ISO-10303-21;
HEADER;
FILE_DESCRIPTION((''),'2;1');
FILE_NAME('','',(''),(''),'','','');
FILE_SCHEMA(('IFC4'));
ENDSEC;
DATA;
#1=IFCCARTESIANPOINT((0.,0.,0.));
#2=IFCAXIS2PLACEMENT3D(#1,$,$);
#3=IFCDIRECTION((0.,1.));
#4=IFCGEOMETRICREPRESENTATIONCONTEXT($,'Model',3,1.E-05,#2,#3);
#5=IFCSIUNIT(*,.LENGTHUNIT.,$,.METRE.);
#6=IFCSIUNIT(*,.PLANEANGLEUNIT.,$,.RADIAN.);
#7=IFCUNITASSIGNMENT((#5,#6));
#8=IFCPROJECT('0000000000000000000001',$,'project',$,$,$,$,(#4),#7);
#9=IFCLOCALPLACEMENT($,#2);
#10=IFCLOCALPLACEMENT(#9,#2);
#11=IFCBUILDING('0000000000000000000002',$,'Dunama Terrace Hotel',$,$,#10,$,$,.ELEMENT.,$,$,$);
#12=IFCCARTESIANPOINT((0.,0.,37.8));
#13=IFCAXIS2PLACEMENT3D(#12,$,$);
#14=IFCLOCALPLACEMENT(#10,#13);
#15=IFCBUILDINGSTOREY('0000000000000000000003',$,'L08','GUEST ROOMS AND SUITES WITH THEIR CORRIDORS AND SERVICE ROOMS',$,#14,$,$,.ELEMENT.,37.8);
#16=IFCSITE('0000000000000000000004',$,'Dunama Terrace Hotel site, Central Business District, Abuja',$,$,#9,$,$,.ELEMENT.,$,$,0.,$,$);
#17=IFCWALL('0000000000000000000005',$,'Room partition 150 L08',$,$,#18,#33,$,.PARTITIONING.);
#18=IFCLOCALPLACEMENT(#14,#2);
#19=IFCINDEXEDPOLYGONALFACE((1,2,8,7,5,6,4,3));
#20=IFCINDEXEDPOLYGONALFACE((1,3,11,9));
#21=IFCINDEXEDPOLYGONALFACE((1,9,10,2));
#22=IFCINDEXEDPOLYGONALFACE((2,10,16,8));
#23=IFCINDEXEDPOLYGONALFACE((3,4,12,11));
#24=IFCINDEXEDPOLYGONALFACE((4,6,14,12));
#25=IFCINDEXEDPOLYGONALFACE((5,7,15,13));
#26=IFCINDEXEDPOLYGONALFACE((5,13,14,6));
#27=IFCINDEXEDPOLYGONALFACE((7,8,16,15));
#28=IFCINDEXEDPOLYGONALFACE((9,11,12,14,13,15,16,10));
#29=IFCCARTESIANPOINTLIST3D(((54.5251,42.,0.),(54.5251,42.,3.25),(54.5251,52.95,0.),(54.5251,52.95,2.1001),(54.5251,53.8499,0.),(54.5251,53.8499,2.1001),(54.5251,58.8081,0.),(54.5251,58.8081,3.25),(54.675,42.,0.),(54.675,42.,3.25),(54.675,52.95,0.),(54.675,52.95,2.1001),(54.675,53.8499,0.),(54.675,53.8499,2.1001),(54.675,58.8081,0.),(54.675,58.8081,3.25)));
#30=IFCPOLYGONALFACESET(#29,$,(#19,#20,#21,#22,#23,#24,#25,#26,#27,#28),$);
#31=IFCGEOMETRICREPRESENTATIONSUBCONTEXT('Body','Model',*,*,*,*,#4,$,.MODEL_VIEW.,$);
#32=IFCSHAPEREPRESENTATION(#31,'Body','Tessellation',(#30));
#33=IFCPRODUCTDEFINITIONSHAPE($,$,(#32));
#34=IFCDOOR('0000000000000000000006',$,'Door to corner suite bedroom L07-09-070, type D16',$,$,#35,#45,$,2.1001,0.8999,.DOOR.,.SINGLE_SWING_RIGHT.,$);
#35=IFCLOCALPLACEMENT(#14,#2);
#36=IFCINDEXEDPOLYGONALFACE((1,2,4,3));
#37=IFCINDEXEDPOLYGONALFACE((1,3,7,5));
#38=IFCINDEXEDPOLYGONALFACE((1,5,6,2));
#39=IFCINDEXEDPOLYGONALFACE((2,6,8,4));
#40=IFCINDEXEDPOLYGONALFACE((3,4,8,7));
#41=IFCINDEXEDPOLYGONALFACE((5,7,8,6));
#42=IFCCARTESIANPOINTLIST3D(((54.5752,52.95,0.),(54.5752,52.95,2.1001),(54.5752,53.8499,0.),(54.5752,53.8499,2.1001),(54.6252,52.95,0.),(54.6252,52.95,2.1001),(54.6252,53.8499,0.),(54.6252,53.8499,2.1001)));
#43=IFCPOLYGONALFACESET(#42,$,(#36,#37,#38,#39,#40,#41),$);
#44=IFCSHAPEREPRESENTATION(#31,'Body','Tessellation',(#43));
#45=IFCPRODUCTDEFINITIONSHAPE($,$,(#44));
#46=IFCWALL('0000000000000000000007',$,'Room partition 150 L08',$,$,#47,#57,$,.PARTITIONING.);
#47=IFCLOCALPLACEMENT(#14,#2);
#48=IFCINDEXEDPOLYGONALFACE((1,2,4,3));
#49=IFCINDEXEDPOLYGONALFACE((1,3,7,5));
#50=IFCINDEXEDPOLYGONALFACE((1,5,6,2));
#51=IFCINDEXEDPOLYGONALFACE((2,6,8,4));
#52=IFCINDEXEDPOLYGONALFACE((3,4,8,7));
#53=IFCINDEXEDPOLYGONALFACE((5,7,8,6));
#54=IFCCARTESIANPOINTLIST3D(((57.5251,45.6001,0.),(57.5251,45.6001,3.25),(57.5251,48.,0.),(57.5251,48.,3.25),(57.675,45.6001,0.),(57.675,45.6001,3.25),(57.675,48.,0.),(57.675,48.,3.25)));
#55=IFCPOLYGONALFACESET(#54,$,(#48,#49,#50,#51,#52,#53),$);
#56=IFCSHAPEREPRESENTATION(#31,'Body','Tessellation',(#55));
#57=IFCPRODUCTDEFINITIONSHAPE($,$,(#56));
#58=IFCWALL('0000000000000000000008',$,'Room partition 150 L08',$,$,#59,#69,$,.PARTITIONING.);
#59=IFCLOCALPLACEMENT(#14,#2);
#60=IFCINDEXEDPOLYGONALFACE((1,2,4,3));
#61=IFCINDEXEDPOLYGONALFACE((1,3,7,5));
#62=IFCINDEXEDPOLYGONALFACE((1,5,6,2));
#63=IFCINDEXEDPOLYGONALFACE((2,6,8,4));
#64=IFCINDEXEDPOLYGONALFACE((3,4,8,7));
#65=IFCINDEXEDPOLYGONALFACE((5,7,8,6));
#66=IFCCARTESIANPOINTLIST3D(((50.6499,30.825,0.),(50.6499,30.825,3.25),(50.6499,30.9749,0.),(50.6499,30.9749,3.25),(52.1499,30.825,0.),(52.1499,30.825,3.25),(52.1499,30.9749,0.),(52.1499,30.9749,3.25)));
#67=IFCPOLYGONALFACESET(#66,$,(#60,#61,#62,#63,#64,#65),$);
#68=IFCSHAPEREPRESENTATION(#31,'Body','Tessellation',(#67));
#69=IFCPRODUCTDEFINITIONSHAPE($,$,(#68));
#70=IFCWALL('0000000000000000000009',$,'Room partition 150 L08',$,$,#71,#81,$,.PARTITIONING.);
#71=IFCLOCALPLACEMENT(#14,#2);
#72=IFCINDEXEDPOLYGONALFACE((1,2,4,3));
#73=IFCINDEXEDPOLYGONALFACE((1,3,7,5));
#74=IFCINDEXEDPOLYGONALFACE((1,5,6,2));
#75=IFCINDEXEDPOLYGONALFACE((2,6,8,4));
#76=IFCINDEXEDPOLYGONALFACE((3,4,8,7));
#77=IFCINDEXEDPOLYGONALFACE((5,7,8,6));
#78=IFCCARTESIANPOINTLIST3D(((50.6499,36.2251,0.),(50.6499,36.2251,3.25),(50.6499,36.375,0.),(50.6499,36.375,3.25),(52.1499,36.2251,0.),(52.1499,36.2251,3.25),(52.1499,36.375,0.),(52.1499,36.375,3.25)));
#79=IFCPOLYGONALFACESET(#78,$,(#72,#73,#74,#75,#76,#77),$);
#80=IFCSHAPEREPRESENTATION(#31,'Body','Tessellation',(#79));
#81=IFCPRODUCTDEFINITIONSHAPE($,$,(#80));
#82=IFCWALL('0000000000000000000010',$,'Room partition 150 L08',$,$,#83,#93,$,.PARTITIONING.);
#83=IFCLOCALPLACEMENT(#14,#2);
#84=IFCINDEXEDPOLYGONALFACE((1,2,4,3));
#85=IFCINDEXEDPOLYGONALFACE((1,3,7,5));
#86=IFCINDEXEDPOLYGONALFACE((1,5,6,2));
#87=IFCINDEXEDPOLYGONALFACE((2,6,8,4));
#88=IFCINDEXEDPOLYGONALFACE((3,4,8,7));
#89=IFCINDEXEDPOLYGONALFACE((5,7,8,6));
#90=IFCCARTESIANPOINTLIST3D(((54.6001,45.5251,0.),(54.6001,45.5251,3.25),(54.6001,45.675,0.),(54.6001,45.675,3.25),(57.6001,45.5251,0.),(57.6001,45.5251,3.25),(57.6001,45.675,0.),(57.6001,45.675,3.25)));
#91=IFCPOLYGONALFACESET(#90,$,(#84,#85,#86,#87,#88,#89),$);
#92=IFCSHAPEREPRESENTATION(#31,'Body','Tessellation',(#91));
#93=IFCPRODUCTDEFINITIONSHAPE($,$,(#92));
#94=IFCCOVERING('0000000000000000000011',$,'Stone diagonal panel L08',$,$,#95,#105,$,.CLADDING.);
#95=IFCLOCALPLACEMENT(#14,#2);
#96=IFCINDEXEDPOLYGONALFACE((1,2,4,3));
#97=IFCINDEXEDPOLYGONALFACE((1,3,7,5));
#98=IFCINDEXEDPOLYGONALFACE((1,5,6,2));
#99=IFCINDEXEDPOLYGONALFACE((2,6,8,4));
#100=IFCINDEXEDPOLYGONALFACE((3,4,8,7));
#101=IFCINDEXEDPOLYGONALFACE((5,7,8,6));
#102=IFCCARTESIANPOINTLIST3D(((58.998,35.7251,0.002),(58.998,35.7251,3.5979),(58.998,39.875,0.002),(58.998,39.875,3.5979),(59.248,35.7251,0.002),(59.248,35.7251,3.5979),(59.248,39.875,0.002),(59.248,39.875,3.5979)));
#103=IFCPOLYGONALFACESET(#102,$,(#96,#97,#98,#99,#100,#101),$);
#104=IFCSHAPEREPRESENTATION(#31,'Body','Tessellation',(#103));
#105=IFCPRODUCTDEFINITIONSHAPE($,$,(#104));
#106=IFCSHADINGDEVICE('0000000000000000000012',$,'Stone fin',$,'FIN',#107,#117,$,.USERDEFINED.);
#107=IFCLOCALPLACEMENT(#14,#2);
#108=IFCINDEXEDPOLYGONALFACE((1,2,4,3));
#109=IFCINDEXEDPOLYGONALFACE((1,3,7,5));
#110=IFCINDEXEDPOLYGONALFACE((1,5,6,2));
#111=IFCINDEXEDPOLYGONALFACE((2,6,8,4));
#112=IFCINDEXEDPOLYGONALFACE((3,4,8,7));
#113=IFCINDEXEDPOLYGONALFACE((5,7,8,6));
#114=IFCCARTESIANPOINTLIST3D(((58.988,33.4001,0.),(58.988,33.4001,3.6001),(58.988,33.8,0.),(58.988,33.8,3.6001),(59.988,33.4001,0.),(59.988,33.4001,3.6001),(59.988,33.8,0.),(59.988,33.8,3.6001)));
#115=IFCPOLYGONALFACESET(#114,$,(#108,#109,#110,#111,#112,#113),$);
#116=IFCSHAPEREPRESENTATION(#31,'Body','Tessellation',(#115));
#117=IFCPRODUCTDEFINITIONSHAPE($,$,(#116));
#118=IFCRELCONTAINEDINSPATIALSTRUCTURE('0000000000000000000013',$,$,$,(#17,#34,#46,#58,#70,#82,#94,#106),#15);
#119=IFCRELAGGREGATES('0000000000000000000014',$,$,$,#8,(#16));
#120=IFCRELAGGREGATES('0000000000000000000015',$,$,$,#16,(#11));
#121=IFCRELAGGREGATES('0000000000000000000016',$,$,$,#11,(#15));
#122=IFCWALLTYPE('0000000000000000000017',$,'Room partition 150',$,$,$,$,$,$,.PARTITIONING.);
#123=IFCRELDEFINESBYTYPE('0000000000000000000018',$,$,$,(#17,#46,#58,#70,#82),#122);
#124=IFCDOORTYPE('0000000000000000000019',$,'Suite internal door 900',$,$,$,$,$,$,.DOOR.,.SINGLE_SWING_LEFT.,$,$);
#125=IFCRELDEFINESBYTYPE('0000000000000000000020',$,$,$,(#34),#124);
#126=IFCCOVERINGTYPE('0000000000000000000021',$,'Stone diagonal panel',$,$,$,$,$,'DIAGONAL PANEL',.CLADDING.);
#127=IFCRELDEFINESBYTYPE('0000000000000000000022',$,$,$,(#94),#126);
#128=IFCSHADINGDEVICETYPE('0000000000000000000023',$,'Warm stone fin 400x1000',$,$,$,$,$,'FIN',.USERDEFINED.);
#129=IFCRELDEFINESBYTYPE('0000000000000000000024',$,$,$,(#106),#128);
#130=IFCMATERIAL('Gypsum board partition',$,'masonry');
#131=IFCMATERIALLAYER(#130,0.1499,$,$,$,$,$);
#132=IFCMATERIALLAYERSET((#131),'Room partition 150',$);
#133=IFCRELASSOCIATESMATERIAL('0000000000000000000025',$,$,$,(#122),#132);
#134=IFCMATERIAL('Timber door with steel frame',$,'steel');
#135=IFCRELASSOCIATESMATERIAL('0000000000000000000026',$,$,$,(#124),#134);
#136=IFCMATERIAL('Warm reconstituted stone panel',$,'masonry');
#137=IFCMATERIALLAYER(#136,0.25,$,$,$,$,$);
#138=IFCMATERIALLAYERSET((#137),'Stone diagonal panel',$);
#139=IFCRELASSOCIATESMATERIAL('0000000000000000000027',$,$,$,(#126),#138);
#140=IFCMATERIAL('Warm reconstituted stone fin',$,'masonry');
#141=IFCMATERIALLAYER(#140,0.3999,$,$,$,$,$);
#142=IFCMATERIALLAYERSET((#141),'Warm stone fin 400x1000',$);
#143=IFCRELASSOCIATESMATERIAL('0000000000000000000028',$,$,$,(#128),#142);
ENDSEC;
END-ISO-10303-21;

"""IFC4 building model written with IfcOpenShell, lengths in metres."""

from ifc_helpers import new_model, si_unit, direction, frame, frame_2d, origin, origin_2d, place, context, subcontext, project, spatial, rectangle, extrude, material, layer, layer_set, type_object, element, fill, save


model = new_model("IFC4")

# Units and contexts
model_context = context("Model", 3, precision=1e-05, world=origin(), true_north=direction((0.0, 1.0)))
body_context = subcontext(model_context, "Body", "Model", "MODEL_VIEW")
ifc_project = project(units=[si_unit("LENGTHUNIT", "METRE"), si_unit("PLANEANGLEUNIT", "RADIAN")], contexts=[model_context])

# Site, building, storey
site_placement = place(None, origin())
site = spatial("IfcSite", under=ifc_project, at=site_placement, Name="Dunama Terrace Hotel site, Central Business District, Abuja", CompositionType="ELEMENT", RefElevation=0.0)
building_placement = place(site_placement, origin())
building = spatial("IfcBuilding", under=site, at=building_placement, Name="Dunama Terrace Hotel", CompositionType="ELEMENT")
storey_placement = place(building_placement, frame((0.0, 0.0, 37.8)))
storey = spatial("IfcBuildingStorey", under=building, at=storey_placement, Name="L08", Description="GUEST ROOMS AND SUITES WITH THEIR CORRIDORS AND SERVICE ROOMS", CompositionType="ELEMENT", Elevation=37.8)

# Shared definitions
ifc_material_1 = material(Name="Gypsum board partition", Category="masonry")
ifc_layer_1 = layer(ifc_material_1, 0.1499)
ifc_layer_set_1 = layer_set([ifc_layer_1], Name="Room partition 150")
wall_type_1 = type_object("IfcWallType", Name="Room partition 150", PredefinedType="PARTITIONING", material=ifc_layer_set_1)

# Shared definitions
ifc_material_2 = material(Name="Timber door with steel frame", Category="steel")
door_type_1 = type_object("IfcDoorType", Name="Suite internal door 900", OperationType="SINGLE_SWING_LEFT", PredefinedType="DOOR", material=ifc_material_2)

# Wall, opening, door
wall_1_placement = place(storey_placement, frame((54.6001, 42.0, 0.0), z_axis=(0.0, 0.0, 1.0), x_axis=(0.0, 1.0, 0.0)))
wall_1 = element("IfcWall", 1, at=wall_1_placement, inside=storey, type_object=wall_type_1, Name="Room partition 150 L08", PredefinedType="PARTITIONING", context=body_context, shape_type="SweptSolid", body=[
    extrude(rectangle(XDim=16.8081, YDim=0.1499, at=frame_2d((8.4041, 0.0))), origin(), (0.0, 0.0, 1.0), 3.25),
])
opening_1_placement = place(wall_1_placement, frame((10.95, 0.0, 0.0)))
opening_1 = element("IfcOpeningElement", 2, at=opening_1_placement, cuts=wall_1, PredefinedType="OPENING", context=body_context, shape_type="SweptSolid", body=[
    extrude(rectangle(XDim=0.8999, YDim=2.1001, at=frame_2d((0.45, 1.05))), frame((0.0, 0.085, 0.0), z_axis=(0.0, -1.0, 0.0), x_axis=(1.0, 0.0, 0.0)), (0.0, 0.0, 1.0), 0.1699),
])
door_1_placement = place(opening_1_placement, frame((0.8999, 0.0, 0.0), z_axis=(0.0, 0.0, 1.0), x_axis=(-1.0, 0.0, 0.0)))
door_1 = element("IfcDoor", 3, at=door_1_placement, inside=storey, type_object=door_type_1, Name="Door to corner suite bedroom L07-09-070, type D16", OperationType="SINGLE_SWING_RIGHT", OverallHeight=2.1001, OverallWidth=0.8999, PredefinedType="DOOR", context=body_context, shape_type="SweptSolid", body=[
    extrude(rectangle(XDim=0.8999, YDim=2.1001, at=frame_2d((0.45, 1.05))), frame((0.0, 0.0251, 0.0), z_axis=(0.0, -1.0, 0.0), x_axis=(1.0, 0.0, 0.0)), (0.0, 0.0, 1.0), 0.05),
])
fill(opening_1, door_1)

# Walls
wall_2_placement = place(storey_placement, frame((57.6001, 45.6001, 0.0), z_axis=(0.0, 0.0, 1.0), x_axis=(0.0, 1.0, 0.0)))
element("IfcWall", 4, at=wall_2_placement, inside=storey, type_object=wall_type_1, Name="Room partition 150 L08", PredefinedType="PARTITIONING", context=body_context, shape_type="SweptSolid", body=[
    extrude(rectangle(XDim=2.3999, YDim=0.1499, at=frame_2d((1.2, 0.0))), origin(), (0.0, 0.0, 1.0), 3.25),
])
for number, where, z_axis, x_axis, name in (
    (5, (50.6499, 30.8999, 0.0), (0.0, 0.0, 1.0), (1.0, 0.0, 0.0), "Room partition 150 L08"),
    (6, (50.6499, 36.3, 0.0), (0.0, 0.0, 1.0), (1.0, 0.0, 0.0), "Room partition 150 L08"),
):
    element("IfcWall", number, at=place(storey_placement, frame(where, z_axis=z_axis, x_axis=x_axis)), inside=storey, type_object=wall_type_1, Name=name, PredefinedType="PARTITIONING", context=body_context, shape_type="SweptSolid", body=[
        extrude(rectangle(XDim=1.5, YDim=0.1499, at=frame_2d((0.75, 0.0))), origin(), (0.0, 0.0, 1.0), 3.25),
    ])
wall_3_placement = place(storey_placement, frame((54.6001, 45.6001, 0.0), z_axis=(0.0, 0.0, 1.0), x_axis=(1.0, 0.0, 0.0)))
element("IfcWall", 7, at=wall_3_placement, inside=storey, type_object=wall_type_1, Name="Room partition 150 L08", PredefinedType="PARTITIONING", context=body_context, shape_type="SweptSolid", body=[
    extrude(rectangle(XDim=3.0, YDim=0.1499, at=frame_2d((1.5, 0.0))), origin(), (0.0, 0.0, 1.0), 3.25),
])

# Covering
ifc_material_3 = material(Name="Warm reconstituted stone panel", Category="masonry")
ifc_layer_2 = layer(ifc_material_3, 0.25)
ifc_layer_set_2 = layer_set([ifc_layer_2], Name="Stone diagonal panel")
covering_type = type_object("IfcCoveringType", Name="Stone diagonal panel", ElementType="DIAGONAL PANEL", PredefinedType="CLADDING", material=ifc_layer_set_2)
covering_placement = place(storey_placement, frame((59.123, 37.8, 0.002), z_axis=(0.0, 0.0, 1.0), x_axis=(0.0, 1.0, 0.0)))
element("IfcCovering", 8, at=covering_placement, inside=storey, type_object=covering_type, Name="Stone diagonal panel L08", PredefinedType="CLADDING", context=body_context, shape_type="SweptSolid", body=[
    extrude(rectangle(XDim=4.1499, YDim=0.25, at=origin_2d()), origin(), (0.0, 0.0, 1.0), 3.5959),
])

# Shading device
ifc_material_4 = material(Name="Warm reconstituted stone fin", Category="masonry")
ifc_layer_3 = layer(ifc_material_4, 0.3999)
ifc_layer_set_3 = layer_set([ifc_layer_3], Name="Warm stone fin 400x1000")
shading_device_type = type_object("IfcShadingDeviceType", Name="Warm stone fin 400x1000", ElementType="FIN", PredefinedType="USERDEFINED", material=ifc_layer_set_3)
shading_device_placement = place(storey_placement, frame((59.488, 33.6001, 0.0), z_axis=(0.0, 0.0, 1.0), x_axis=(0.0, 1.0, 0.0)))
element("IfcShadingDevice", 9, at=shading_device_placement, inside=storey, type_object=shading_device_type, Name="Stone fin", ObjectType="FIN", PredefinedType="USERDEFINED", context=body_context, shape_type="SweptSolid", body=[
    extrude(rectangle(XDim=0.3999, YDim=1.0, at=origin_2d()), origin(), (0.0, 0.0, 1.0), 3.6001),
])

save(model, "model.ifc")
